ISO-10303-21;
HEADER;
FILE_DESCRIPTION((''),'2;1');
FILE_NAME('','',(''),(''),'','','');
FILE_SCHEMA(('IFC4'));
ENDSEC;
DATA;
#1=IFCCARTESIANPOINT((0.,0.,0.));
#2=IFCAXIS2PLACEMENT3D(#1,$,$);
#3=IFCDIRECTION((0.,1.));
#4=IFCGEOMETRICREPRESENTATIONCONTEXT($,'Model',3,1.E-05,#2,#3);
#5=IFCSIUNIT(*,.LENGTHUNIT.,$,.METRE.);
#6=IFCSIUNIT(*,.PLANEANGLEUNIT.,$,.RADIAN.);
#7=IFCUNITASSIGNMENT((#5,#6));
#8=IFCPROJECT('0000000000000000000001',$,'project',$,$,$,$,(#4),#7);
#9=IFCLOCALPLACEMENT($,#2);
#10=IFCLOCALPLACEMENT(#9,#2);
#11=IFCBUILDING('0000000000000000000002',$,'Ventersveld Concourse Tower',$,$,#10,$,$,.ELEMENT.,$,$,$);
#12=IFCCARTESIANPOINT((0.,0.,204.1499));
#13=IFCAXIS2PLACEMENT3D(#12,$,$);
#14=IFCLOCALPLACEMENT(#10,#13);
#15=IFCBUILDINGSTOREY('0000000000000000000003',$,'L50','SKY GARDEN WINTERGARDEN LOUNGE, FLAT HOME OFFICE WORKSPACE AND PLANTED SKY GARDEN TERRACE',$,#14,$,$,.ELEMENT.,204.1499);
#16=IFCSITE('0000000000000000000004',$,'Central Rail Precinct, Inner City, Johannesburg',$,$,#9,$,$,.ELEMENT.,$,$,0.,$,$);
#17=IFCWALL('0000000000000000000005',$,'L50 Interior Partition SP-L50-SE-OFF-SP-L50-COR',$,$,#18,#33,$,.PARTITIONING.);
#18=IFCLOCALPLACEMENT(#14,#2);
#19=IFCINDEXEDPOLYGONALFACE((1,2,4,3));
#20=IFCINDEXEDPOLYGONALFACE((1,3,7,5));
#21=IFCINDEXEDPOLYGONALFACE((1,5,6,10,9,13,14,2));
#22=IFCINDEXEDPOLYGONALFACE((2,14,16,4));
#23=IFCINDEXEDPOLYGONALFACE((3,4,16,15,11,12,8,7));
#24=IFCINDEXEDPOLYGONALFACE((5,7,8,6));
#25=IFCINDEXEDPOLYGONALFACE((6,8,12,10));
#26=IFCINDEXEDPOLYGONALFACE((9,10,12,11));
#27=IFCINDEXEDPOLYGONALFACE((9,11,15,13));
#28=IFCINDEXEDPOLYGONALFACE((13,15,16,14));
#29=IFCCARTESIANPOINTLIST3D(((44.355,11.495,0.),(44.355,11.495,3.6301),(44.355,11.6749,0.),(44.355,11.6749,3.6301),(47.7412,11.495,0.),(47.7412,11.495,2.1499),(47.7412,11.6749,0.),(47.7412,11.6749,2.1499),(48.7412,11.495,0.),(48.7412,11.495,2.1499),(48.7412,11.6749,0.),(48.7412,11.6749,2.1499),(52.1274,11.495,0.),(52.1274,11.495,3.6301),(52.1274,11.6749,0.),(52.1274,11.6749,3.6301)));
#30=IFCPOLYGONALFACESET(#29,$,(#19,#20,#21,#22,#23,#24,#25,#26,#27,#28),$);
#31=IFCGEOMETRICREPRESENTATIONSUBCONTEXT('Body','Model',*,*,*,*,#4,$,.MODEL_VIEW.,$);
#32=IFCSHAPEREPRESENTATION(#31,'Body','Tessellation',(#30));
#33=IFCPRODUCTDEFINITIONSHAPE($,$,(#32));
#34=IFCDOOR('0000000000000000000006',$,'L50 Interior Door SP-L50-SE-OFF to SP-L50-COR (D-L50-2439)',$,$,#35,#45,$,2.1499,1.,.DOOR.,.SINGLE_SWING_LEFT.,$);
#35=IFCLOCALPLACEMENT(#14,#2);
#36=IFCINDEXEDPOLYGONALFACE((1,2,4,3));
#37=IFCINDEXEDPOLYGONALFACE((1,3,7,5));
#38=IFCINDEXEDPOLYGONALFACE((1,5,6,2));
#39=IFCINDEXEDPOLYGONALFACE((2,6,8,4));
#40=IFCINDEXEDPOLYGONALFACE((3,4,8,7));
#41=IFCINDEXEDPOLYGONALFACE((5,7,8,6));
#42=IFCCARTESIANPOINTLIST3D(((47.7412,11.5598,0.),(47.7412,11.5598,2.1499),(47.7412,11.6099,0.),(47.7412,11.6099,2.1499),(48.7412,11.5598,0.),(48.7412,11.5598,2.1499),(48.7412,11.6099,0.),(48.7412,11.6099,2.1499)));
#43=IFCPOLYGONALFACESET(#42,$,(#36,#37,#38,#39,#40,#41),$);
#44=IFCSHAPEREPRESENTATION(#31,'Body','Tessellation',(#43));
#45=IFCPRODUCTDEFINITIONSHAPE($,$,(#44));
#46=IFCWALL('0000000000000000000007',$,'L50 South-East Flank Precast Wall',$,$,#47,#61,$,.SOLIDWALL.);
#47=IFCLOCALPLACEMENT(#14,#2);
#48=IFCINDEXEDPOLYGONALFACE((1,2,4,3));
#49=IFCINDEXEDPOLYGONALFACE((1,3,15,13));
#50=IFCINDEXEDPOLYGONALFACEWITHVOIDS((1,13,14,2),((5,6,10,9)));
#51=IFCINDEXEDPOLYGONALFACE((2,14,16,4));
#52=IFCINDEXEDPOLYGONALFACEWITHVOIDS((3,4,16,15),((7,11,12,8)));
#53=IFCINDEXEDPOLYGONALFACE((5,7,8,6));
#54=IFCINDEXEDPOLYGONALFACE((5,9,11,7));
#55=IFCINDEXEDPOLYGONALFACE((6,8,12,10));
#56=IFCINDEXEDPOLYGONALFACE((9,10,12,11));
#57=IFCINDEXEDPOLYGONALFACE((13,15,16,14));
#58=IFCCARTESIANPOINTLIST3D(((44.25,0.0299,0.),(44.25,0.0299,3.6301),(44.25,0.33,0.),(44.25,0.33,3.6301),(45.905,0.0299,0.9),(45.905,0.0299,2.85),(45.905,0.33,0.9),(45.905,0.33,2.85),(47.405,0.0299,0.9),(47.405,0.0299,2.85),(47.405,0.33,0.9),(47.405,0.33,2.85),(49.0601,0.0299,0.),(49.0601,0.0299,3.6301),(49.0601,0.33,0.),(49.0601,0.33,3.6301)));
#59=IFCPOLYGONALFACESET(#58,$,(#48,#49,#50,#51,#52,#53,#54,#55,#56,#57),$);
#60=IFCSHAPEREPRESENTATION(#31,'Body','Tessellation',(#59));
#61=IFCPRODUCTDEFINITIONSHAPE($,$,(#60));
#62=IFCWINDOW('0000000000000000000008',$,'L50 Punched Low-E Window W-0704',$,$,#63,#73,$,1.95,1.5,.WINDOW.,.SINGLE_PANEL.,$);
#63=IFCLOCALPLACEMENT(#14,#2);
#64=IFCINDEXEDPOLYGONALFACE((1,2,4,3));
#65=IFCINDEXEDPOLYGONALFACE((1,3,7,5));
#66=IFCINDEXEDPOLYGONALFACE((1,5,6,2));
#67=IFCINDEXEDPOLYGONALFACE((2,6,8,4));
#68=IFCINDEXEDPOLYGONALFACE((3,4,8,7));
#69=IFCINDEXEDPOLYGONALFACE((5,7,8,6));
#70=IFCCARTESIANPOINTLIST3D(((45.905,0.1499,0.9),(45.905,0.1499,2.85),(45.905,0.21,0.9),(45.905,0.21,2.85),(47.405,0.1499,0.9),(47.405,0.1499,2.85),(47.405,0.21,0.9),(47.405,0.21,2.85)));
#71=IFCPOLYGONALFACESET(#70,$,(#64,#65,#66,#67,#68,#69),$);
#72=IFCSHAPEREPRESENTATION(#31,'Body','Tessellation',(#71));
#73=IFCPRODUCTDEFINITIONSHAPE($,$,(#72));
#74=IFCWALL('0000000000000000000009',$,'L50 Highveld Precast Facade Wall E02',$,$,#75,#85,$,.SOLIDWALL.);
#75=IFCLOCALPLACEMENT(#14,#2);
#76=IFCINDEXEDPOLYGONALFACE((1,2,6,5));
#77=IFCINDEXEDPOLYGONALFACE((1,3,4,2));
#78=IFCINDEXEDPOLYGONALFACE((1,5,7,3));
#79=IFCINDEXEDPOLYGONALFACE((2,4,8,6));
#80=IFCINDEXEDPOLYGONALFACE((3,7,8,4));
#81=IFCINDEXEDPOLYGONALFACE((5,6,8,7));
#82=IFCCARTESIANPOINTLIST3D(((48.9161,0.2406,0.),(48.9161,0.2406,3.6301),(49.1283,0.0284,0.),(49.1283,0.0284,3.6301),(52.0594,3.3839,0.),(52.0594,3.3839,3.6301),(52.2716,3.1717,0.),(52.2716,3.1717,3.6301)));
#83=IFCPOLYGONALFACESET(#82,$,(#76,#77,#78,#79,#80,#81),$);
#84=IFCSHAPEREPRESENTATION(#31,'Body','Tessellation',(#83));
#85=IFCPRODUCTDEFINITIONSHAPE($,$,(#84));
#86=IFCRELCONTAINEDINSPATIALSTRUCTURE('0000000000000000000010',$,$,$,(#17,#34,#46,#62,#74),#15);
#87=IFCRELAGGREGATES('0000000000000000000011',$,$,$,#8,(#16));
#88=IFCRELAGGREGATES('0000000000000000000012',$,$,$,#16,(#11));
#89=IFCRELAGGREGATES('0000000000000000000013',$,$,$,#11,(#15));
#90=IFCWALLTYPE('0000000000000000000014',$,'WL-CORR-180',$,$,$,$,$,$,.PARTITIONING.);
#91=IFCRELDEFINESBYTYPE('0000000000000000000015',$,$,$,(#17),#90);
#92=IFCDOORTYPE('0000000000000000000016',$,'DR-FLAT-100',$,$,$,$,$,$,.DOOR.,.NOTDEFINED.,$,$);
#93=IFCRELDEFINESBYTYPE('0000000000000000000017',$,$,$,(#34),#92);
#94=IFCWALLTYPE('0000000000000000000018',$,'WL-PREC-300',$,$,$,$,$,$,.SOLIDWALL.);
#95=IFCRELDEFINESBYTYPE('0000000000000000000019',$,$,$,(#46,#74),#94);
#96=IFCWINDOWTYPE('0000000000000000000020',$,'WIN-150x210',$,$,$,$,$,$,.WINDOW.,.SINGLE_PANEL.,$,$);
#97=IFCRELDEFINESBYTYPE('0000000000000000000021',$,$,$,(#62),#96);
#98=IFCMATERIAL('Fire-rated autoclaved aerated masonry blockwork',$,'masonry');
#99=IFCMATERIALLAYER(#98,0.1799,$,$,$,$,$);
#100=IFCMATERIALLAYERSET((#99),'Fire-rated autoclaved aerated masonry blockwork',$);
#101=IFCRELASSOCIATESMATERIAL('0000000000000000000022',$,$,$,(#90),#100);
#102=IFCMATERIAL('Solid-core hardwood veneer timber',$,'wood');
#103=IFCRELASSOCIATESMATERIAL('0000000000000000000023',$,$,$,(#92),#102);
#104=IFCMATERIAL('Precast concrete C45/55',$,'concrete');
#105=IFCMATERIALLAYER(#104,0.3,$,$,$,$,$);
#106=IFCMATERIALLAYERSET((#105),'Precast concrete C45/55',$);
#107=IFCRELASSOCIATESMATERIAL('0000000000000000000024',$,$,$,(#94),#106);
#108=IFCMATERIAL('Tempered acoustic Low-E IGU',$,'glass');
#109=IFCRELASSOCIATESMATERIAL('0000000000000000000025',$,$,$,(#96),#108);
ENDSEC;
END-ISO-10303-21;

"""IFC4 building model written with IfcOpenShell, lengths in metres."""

from ifc_helpers import new_model, si_unit, direction, frame, frame_2d, origin, place, context, subcontext, project, spatial, rectangle, extrude, material, layer, layer_set, type_object, element, fill, save


model = new_model("IFC4")

# Units and contexts
model_context = context("Model", 3, precision=1e-05, world=origin(), true_north=direction((0.0, 1.0)))
body_context = subcontext(model_context, "Body", "Model", "MODEL_VIEW")
ifc_project = project(units=[si_unit("LENGTHUNIT", "METRE"), si_unit("PLANEANGLEUNIT", "RADIAN")], contexts=[model_context])

# Site, building, storey
site_placement = place(None, origin())
site = spatial("IfcSite", under=ifc_project, at=site_placement, Name="Central Rail Precinct, Inner City, Johannesburg", CompositionType="ELEMENT", RefElevation=0.0)
building_placement = place(site_placement, origin())
building = spatial("IfcBuilding", under=site, at=building_placement, Name="Ventersveld Concourse Tower", CompositionType="ELEMENT")
storey_placement = place(building_placement, frame((0.0, 0.0, 204.1499)))
storey = spatial("IfcBuildingStorey", under=building, at=storey_placement, Name="L50", Description="SKY GARDEN WINTERGARDEN LOUNGE, FLAT HOME OFFICE WORKSPACE AND PLANTED SKY GARDEN TERRACE", CompositionType="ELEMENT", Elevation=204.1499)

# Wall, opening, door
ifc_material_1 = material(Name="Fire-rated autoclaved aerated masonry blockwork", Category="masonry")
ifc_layer_1 = layer(ifc_material_1, 0.1799)
ifc_layer_set_1 = layer_set([ifc_layer_1], Name="Fire-rated autoclaved aerated masonry blockwork")
wall_type_1 = type_object("IfcWallType", Name="WL-CORR-180", PredefinedType="PARTITIONING", material=ifc_layer_set_1)
wall_1_placement = place(storey_placement, frame((44.355, 11.585, 0.0), z_axis=(0.0, 0.0, 1.0), x_axis=(1.0, 0.0, 0.0)))
wall_1 = element("IfcWall", 1, at=wall_1_placement, inside=storey, type_object=wall_type_1, Name="L50 Interior Partition SP-L50-SE-OFF-SP-L50-COR", PredefinedType="PARTITIONING", context=body_context, shape_type="SweptSolid", body=[
    extrude(rectangle(XDim=7.7725, YDim=0.1799, at=frame_2d((3.8862, 0.0))), origin(), (0.0, 0.0, 1.0), 3.6301),
])
opening_1_placement = place(wall_1_placement, frame((3.3862, 0.0, 0.0)))
opening_1 = element("IfcOpeningElement", 2, at=opening_1_placement, cuts=wall_1, PredefinedType="OPENING", context=body_context, shape_type="SweptSolid", body=[
    extrude(rectangle(XDim=1.0, YDim=2.1499, at=frame_2d((0.5, 1.075))), frame((0.0, 0.1001, 0.0), z_axis=(0.0, -1.0, 0.0), x_axis=(1.0, 0.0, 0.0)), (0.0, 0.0, 1.0), 0.2),
])
ifc_material_2 = material(Name="Solid-core hardwood veneer timber", Category="wood")
door_type = type_object("IfcDoorType", Name="DR-FLAT-100", OperationType="NOTDEFINED", PredefinedType="DOOR", material=ifc_material_2)
door_placement = place(opening_1_placement, origin())
door = element("IfcDoor", 3, at=door_placement, inside=storey, type_object=door_type, Name="L50 Interior Door SP-L50-SE-OFF to SP-L50-COR (D-L50-2439)", OperationType="SINGLE_SWING_LEFT", OverallHeight=2.1499, OverallWidth=1.0, PredefinedType="DOOR", context=body_context, shape_type="SweptSolid", body=[
    extrude(rectangle(XDim=1.0, YDim=2.1499, at=frame_2d((0.5, 1.075))), frame((0.0, 0.0249, 0.0), z_axis=(0.0, -1.0, 0.0), x_axis=(1.0, 0.0, 0.0)), (0.0, 0.0, 1.0), 0.05),
])
fill(opening_1, door)

# Wall, opening, window
ifc_material_3 = material(Name="Precast concrete C45/55", Category="concrete")
ifc_layer_2 = layer(ifc_material_3, 0.3)
ifc_layer_set_2 = layer_set([ifc_layer_2], Name="Precast concrete C45/55")
wall_type_2 = type_object("IfcWallType", Name="WL-PREC-300", PredefinedType="SOLIDWALL", material=ifc_layer_set_2)
wall_2_placement = place(storey_placement, frame((44.25, 0.1799, 0.0), z_axis=(0.0, 0.0, 1.0), x_axis=(1.0, 0.0, 0.0)))
wall_2 = element("IfcWall", 4, at=wall_2_placement, inside=storey, type_object=wall_type_2, Name="L50 South-East Flank Precast Wall", PredefinedType="SOLIDWALL", context=body_context, shape_type="SweptSolid", body=[
    extrude(rectangle(XDim=4.8101, YDim=0.3, at=frame_2d((2.405, 0.0))), origin(), (0.0, 0.0, 1.0), 3.6301),
])
opening_2_placement = place(wall_2_placement, frame((1.655, 0.0, 0.8999)))
opening_2 = element("IfcOpeningElement", 5, at=opening_2_placement, cuts=wall_2, PredefinedType="OPENING", context=body_context, shape_type="SweptSolid", body=[
    extrude(rectangle(XDim=1.5, YDim=1.95, at=frame_2d((0.75, 0.9751))), frame((0.0, 0.1602, 0.0), z_axis=(0.0, -1.0, 0.0), x_axis=(1.0, 0.0, 0.0)), (0.0, 0.0, 1.0), 0.3201),
])
ifc_material_4 = material(Name="Tempered acoustic Low-E IGU", Category="glass")
window_type_1 = type_object("IfcWindowType", Name="WIN-150x210", PartitioningType="SINGLE_PANEL", PredefinedType="WINDOW", material=ifc_material_4)
window_1_placement = place(opening_2_placement, origin())
window_1 = element("IfcWindow", 6, at=window_1_placement, inside=storey, type_object=window_type_1, Name="L50 Punched Low-E Window W-0704", OverallHeight=1.95, OverallWidth=1.5, PartitioningType="SINGLE_PANEL", PredefinedType="WINDOW", context=body_context, shape_type="SweptSolid", body=[
    extrude(rectangle(XDim=1.5, YDim=1.95, at=frame_2d((0.75, 0.9751))), frame((0.0, 0.03, 0.0), z_axis=(0.0, -1.0, 0.0), x_axis=(1.0, 0.0, 0.0)), (0.0, 0.0, 1.0), 0.0601),
])
fill(opening_2, window_1)

# Wall
wall_3_placement = place(storey_placement, frame((49.0222, 0.1345, 0.0), z_axis=(0.0, 0.0, 1.0), x_axis=(0.707107, 0.707107, 0.0)))
element("IfcWall", 7, at=wall_3_placement, inside=storey, type_object=wall_type_2, Name="L50 Highveld Precast Facade Wall E02", PredefinedType="SOLIDWALL", context=body_context, shape_type="SweptSolid", body=[
    extrude(rectangle(XDim=4.4453, YDim=0.3, at=frame_2d((2.2227, 0.0))), origin(), (0.0, 0.0, 1.0), 3.6301),
])

save(model, "model.ifc")
